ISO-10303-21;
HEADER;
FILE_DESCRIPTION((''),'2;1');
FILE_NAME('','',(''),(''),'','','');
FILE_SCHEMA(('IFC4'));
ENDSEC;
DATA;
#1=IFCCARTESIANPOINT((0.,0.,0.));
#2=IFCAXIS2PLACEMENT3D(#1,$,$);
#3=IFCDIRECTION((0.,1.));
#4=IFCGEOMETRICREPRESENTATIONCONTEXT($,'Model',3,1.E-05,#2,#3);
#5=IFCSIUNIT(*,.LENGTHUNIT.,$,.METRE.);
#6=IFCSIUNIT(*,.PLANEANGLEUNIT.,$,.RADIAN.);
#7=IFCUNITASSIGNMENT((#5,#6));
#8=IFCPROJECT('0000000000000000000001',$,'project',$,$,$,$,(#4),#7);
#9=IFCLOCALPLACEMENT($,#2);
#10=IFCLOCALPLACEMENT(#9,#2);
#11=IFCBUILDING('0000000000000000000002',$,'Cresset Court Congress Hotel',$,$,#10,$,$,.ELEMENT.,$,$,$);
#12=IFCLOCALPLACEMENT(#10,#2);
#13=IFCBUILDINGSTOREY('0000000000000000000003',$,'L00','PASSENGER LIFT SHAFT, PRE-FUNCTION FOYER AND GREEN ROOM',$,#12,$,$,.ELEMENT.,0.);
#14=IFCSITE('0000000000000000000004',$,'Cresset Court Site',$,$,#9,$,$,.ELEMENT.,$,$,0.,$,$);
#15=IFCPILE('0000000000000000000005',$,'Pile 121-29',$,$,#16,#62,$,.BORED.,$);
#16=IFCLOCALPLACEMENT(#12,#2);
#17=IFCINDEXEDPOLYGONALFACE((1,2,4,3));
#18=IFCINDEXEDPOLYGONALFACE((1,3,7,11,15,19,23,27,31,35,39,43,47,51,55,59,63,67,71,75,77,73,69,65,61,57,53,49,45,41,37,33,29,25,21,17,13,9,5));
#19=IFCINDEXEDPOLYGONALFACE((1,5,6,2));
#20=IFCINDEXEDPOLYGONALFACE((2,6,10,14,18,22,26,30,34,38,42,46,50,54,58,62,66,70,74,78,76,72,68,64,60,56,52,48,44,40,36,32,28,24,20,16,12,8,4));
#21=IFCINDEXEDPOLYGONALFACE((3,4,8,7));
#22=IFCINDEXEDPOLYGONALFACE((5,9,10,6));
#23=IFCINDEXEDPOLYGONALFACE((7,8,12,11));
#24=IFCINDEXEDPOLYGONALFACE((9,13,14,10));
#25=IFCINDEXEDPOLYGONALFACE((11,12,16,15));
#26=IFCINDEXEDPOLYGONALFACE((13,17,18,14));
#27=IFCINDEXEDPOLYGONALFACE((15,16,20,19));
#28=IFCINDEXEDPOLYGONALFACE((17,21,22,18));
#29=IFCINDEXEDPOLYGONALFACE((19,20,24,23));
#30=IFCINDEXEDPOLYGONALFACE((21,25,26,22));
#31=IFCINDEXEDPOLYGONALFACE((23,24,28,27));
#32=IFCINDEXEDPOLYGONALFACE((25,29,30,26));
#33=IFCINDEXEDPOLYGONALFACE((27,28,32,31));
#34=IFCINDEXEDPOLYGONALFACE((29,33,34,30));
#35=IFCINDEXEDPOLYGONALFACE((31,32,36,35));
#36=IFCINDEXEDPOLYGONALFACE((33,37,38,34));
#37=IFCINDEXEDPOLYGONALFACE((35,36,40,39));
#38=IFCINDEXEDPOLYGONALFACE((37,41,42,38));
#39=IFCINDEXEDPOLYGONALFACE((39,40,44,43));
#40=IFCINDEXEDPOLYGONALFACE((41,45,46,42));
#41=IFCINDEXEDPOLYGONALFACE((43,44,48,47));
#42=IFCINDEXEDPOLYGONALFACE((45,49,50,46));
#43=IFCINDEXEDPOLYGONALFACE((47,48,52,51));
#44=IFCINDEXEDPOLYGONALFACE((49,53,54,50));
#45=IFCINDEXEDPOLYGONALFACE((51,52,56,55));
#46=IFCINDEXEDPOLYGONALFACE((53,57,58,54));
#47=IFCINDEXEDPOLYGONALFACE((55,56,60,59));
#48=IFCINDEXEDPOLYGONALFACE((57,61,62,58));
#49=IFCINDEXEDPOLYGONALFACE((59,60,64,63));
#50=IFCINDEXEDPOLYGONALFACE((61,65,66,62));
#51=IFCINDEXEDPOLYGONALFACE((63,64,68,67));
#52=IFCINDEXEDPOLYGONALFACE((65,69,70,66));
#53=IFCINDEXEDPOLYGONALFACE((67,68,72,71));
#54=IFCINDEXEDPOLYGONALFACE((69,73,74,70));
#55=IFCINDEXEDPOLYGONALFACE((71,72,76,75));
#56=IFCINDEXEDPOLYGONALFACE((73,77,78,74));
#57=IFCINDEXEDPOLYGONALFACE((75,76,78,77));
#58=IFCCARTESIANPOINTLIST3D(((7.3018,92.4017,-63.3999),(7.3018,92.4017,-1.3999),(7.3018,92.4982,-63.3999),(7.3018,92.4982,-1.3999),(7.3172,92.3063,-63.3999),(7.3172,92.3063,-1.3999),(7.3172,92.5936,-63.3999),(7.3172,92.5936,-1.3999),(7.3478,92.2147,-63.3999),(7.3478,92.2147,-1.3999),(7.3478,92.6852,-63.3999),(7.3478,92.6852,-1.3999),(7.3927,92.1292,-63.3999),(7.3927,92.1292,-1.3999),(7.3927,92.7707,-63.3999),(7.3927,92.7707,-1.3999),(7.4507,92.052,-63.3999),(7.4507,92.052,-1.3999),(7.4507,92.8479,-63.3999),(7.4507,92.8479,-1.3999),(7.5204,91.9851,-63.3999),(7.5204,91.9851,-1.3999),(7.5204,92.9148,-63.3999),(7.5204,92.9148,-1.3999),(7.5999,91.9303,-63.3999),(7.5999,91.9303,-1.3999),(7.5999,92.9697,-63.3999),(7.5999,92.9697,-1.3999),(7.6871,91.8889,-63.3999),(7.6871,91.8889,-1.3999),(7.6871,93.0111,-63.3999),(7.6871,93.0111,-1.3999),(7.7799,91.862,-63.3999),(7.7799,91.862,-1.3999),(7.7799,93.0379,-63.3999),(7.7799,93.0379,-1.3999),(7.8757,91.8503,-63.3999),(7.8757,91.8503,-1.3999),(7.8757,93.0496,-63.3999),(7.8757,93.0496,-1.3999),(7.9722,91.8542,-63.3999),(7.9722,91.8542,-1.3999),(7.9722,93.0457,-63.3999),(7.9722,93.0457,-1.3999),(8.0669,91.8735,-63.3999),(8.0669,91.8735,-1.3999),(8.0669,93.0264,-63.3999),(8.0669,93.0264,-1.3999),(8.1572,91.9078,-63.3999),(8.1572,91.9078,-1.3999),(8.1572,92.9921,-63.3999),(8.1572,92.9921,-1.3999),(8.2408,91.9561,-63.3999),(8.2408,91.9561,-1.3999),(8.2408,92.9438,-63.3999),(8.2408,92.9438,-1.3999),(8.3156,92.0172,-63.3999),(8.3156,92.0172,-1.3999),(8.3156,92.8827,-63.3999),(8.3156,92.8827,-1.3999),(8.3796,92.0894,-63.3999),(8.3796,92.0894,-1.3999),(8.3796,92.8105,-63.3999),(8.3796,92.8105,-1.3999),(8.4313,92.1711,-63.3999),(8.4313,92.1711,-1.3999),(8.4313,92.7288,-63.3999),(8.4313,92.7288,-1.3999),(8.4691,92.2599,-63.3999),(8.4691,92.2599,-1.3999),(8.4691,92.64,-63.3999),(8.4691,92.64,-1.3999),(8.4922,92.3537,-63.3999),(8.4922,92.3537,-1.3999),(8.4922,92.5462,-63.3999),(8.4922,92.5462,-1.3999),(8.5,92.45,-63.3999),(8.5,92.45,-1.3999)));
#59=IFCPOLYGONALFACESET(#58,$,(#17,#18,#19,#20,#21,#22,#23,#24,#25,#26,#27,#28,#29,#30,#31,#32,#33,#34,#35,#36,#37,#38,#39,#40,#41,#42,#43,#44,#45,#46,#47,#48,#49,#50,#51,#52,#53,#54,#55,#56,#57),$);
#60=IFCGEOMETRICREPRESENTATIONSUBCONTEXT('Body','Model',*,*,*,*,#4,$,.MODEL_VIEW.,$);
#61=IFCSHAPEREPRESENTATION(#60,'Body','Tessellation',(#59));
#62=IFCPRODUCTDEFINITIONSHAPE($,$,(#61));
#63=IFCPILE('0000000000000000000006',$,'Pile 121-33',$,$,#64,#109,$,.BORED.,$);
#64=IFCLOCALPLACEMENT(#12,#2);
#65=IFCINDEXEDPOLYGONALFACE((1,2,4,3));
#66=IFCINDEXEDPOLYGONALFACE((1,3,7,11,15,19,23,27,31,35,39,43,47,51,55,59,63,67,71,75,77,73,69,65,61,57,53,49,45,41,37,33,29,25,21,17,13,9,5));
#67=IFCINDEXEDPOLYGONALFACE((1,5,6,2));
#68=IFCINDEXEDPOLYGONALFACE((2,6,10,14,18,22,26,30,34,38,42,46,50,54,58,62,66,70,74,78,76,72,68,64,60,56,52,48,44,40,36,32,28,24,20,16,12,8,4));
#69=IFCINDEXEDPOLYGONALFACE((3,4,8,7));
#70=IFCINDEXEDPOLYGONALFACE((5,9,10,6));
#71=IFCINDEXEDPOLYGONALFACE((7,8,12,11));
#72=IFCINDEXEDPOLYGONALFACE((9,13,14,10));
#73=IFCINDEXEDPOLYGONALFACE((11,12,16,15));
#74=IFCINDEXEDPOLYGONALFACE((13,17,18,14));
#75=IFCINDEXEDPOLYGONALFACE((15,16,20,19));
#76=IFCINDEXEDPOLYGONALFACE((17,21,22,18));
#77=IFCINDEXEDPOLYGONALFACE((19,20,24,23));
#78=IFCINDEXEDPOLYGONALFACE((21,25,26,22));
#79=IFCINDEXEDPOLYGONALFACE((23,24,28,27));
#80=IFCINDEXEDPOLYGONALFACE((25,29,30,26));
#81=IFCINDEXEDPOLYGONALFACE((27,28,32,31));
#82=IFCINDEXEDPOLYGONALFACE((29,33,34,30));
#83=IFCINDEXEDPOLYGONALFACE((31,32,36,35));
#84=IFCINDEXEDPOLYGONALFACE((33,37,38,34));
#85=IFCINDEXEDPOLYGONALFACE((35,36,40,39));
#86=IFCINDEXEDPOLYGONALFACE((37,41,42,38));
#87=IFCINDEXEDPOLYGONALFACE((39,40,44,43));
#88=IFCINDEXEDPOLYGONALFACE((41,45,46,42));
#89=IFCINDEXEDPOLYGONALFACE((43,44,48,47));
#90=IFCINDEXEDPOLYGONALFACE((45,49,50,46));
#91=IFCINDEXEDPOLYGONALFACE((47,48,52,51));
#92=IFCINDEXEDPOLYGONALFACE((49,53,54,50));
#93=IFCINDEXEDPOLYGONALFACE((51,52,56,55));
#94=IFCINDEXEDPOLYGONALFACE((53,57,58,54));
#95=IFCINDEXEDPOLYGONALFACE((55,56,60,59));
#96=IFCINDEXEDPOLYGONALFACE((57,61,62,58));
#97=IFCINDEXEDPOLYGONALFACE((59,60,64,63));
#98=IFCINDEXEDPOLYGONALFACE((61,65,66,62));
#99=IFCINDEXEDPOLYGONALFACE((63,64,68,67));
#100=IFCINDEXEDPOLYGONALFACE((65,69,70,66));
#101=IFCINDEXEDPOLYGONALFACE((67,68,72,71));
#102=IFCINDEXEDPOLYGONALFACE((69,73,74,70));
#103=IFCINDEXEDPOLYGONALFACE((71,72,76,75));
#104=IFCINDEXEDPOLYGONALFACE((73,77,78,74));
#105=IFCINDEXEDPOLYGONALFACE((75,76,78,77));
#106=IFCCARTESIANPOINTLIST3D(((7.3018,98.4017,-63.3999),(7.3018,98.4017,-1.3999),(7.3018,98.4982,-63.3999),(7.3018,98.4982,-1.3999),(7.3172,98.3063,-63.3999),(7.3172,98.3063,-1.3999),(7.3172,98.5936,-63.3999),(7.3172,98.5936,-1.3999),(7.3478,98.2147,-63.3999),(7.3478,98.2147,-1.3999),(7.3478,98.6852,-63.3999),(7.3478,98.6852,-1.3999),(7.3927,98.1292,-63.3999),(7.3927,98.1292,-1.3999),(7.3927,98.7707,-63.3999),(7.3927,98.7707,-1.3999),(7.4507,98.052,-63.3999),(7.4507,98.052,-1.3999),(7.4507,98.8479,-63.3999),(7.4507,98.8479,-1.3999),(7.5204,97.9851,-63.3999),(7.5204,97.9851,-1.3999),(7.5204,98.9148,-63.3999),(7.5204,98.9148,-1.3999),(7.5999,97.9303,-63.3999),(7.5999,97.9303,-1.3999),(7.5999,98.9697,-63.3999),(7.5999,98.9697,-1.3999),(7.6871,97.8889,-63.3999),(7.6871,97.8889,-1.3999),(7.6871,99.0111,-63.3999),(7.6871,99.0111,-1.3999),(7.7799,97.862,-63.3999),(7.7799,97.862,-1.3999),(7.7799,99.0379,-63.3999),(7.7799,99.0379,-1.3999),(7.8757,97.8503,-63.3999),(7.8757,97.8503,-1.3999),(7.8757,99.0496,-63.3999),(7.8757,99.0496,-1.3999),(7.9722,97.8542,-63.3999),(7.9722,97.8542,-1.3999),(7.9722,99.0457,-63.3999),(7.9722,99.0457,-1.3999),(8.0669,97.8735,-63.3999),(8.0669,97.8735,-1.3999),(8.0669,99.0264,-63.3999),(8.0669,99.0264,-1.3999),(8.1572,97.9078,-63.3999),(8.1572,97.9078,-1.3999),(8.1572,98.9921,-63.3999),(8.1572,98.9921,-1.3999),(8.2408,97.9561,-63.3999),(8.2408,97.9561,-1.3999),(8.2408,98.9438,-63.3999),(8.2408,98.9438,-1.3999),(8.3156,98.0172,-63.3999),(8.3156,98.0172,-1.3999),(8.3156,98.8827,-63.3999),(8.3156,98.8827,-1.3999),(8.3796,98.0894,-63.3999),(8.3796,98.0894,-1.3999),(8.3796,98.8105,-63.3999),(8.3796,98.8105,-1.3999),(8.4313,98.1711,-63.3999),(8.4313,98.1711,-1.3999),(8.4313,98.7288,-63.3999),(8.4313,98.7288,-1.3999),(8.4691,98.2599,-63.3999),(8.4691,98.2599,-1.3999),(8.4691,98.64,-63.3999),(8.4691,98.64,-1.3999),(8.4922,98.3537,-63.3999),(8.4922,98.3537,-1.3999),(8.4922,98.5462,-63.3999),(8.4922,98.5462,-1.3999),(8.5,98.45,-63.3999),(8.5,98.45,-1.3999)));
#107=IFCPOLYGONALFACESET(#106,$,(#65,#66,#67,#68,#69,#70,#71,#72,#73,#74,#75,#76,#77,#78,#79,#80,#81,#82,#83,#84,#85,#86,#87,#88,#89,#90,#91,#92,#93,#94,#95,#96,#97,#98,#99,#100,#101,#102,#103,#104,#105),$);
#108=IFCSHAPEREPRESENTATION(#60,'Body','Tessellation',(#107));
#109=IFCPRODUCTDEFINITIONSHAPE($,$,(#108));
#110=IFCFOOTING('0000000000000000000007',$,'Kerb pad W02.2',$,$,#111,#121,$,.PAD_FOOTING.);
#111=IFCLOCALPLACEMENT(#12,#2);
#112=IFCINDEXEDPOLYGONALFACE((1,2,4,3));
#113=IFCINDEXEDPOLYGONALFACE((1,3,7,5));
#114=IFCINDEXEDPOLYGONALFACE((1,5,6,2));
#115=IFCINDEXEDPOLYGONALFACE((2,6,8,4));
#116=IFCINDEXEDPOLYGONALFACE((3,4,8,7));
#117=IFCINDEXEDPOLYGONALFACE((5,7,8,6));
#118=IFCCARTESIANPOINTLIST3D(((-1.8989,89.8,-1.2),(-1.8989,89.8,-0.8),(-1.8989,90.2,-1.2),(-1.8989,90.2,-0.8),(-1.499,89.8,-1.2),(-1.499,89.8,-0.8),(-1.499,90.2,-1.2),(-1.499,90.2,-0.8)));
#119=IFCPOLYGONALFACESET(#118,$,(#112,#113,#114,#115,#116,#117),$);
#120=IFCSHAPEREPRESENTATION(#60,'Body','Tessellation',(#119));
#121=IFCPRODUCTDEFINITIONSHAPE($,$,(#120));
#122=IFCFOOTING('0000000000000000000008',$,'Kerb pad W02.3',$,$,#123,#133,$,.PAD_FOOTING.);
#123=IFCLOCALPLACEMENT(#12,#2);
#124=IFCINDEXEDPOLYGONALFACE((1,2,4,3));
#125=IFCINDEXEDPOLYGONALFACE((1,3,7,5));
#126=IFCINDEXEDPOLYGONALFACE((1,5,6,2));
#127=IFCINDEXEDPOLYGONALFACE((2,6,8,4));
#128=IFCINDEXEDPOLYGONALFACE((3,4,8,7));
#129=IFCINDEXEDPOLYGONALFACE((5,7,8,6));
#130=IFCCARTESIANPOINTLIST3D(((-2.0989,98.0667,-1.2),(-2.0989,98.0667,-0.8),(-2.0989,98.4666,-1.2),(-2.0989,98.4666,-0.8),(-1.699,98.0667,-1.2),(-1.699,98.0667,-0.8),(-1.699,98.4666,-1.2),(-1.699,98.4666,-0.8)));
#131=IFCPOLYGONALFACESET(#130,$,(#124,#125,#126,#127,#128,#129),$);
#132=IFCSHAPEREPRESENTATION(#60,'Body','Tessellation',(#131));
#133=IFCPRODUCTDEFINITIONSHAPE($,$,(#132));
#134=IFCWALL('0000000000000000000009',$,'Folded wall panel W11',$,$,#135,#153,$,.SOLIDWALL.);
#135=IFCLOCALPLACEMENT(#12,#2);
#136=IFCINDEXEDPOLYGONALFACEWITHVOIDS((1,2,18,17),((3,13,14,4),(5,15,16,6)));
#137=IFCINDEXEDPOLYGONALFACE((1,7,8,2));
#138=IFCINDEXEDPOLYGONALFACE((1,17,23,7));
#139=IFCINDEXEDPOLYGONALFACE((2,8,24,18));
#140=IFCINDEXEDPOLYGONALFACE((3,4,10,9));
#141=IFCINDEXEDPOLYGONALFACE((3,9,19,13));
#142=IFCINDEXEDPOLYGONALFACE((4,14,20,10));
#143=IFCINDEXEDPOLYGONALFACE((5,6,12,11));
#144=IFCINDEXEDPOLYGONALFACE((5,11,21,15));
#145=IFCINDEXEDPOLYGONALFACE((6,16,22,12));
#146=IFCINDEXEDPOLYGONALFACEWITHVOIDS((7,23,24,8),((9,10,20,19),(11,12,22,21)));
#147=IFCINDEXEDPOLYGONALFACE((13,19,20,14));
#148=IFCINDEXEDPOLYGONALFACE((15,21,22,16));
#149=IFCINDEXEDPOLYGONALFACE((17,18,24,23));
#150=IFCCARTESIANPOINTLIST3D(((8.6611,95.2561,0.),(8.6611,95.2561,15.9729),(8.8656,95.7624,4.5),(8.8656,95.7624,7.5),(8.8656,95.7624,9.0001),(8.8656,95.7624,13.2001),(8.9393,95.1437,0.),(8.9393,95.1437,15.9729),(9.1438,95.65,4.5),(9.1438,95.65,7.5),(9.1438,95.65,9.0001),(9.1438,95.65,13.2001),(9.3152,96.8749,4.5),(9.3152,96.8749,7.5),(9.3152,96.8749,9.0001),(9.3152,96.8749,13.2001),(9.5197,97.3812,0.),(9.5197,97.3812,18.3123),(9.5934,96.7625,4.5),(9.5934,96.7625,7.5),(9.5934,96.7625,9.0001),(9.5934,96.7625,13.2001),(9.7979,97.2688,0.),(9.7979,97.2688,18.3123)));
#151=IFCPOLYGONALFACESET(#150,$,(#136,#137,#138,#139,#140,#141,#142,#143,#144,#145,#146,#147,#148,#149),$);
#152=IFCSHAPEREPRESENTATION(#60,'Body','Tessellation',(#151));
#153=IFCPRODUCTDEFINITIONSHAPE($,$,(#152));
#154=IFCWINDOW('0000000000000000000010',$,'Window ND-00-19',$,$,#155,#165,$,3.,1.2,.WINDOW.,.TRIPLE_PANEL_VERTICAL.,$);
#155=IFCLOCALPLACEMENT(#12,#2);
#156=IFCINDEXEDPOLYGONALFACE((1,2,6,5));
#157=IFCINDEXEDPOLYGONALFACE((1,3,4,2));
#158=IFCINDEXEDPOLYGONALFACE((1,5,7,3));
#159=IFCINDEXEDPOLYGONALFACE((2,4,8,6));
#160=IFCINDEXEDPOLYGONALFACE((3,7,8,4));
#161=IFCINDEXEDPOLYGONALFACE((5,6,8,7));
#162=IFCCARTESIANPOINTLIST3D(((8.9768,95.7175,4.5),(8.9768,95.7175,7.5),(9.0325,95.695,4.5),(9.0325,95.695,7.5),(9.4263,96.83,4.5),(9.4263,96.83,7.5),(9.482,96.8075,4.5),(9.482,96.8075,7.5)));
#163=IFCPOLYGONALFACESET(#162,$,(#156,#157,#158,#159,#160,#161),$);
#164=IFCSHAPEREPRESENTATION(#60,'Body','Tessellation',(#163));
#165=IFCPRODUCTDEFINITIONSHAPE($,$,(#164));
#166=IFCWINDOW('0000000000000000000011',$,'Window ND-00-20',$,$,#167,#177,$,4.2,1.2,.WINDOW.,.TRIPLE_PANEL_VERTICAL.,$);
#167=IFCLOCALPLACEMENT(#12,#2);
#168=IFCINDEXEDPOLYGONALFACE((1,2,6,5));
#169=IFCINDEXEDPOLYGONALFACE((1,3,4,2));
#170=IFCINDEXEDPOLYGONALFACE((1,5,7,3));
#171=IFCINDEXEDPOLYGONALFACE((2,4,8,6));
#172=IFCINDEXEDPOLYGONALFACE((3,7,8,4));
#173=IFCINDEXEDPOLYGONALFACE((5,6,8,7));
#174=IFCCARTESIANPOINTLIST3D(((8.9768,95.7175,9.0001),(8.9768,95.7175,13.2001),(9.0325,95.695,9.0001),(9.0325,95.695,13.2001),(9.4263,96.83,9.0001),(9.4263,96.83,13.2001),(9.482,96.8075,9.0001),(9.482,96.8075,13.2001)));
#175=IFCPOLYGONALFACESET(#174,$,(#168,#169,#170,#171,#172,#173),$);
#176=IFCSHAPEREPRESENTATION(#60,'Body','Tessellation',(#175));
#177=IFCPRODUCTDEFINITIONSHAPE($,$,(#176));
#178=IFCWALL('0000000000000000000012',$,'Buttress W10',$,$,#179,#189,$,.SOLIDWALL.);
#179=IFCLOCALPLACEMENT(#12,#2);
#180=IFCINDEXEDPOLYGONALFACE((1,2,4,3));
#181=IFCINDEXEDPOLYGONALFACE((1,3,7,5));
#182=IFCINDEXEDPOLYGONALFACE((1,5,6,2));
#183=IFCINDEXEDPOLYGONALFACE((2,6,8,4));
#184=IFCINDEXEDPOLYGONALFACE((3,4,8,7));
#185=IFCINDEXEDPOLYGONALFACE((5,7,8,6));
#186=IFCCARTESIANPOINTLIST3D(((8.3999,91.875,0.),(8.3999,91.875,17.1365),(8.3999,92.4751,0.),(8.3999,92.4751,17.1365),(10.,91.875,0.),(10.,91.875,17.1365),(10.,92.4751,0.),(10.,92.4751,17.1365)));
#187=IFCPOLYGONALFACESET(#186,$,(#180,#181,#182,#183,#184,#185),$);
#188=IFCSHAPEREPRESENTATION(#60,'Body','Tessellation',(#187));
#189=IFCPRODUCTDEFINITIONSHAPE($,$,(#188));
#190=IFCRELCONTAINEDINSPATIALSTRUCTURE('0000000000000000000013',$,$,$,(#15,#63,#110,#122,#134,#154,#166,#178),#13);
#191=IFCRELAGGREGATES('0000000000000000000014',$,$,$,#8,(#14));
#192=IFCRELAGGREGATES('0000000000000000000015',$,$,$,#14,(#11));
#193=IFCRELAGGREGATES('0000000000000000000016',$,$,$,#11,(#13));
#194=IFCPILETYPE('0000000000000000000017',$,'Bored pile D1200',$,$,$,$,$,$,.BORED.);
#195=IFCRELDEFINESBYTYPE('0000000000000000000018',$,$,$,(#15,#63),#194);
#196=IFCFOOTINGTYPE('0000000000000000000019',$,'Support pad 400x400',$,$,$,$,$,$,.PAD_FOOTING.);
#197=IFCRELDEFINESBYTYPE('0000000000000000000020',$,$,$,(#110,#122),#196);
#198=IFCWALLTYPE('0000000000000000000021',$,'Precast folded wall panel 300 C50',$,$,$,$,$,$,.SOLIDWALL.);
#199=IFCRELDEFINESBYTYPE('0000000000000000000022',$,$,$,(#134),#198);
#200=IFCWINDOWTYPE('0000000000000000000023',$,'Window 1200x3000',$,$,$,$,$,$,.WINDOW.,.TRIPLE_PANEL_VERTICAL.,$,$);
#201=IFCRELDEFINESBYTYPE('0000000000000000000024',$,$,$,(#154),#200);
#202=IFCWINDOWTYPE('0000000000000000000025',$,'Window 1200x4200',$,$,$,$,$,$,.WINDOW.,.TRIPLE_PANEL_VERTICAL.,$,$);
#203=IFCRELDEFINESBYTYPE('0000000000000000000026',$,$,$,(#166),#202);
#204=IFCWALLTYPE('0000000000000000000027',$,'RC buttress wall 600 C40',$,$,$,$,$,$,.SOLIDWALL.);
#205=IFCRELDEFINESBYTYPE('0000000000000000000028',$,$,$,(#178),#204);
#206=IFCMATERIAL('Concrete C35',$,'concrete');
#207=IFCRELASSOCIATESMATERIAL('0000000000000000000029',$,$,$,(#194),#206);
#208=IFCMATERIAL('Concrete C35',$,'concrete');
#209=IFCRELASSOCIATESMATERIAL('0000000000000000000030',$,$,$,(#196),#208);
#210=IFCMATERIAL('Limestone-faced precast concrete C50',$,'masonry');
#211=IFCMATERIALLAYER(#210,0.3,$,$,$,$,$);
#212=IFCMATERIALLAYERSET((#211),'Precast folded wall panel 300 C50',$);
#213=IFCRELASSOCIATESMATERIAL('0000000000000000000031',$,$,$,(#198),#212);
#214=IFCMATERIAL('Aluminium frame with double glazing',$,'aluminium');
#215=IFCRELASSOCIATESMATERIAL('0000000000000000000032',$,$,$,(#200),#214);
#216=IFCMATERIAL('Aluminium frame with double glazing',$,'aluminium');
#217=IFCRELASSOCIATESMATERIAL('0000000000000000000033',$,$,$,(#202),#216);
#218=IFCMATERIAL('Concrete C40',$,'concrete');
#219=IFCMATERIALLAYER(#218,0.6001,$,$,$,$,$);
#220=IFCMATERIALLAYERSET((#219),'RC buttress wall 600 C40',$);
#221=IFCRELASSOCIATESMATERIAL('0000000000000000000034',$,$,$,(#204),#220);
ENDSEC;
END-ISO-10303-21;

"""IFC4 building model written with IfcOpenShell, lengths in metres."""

from ifc_helpers import new_model, si_unit, direction, frame, frame_2d, origin, origin_2d, place, context, subcontext, project, spatial, polyline, rectangle, circle, outline, extrude, material, layer, layer_set, type_object, element, fill, save


model = new_model("IFC4")

# Units and contexts
model_context = context("Model", 3, precision=1e-05, world=origin(), true_north=direction((0.0, 1.0)))
body_context = subcontext(model_context, "Body", "Model", "MODEL_VIEW")
ifc_project = project(units=[si_unit("LENGTHUNIT", "METRE"), si_unit("PLANEANGLEUNIT", "RADIAN")], contexts=[model_context])

# Site, building, storey
site_placement = place(None, origin())
site = spatial("IfcSite", under=ifc_project, at=site_placement, Name="Cresset Court Site", CompositionType="ELEMENT", RefElevation=0.0)
building_placement = place(site_placement, origin())
building = spatial("IfcBuilding", under=site, at=building_placement, Name="Cresset Court Congress Hotel", CompositionType="ELEMENT")
storey_placement = place(building_placement, origin())
storey = spatial("IfcBuildingStorey", under=building, at=storey_placement, Name="L00", Description="PASSENGER LIFT SHAFT, PRE-FUNCTION FOYER AND GREEN ROOM", CompositionType="ELEMENT", Elevation=0.0)

# Piles
ifc_material_1 = material(Name="Concrete C35", Category="concrete")
pile_type = type_object("IfcPileType", Name="Bored pile D1200", PredefinedType="BORED", material=ifc_material_1)
for number, where, z_axis, x_axis, name in (
    (1, (7.8999, 92.45, -1.3999), (0.0, 0.0, -1.0), (1.0, 0.0, 0.0), "Pile 121-29"),
    (2, (7.8999, 98.45, -1.3999), (0.0, 0.0, -1.0), (1.0, 0.0, 0.0), "Pile 121-33"),
):
    element("IfcPile", number, at=place(storey_placement, frame(where, z_axis=z_axis, x_axis=x_axis)), inside=storey, type_object=pile_type, Name=name, PredefinedType="BORED", context=body_context, shape_type="SweptSolid", body=[
        extrude(circle(Radius=0.6001, at=origin_2d()), origin(), (0.0, 0.0, 1.0), 62.0),
    ])

# Footings
ifc_material_2 = material(Name="Concrete C35", Category="concrete")
footing_type = type_object("IfcFootingType", Name="Support pad 400x400", PredefinedType="PAD_FOOTING", material=ifc_material_2)
for number, where, z_axis, x_axis, name in (
    (3, (-1.699, 90.0, -1.2), (0.0, 0.0, 1.0), (1.0, 0.0, 0.0), "Kerb pad W02.2"),
    (4, (-1.8989, 98.2666, -1.2), (0.0, 0.0, 1.0), (1.0, 0.0, 0.0), "Kerb pad W02.3"),
):
    element("IfcFooting", number, at=place(storey_placement, frame(where, z_axis=z_axis, x_axis=x_axis)), inside=storey, type_object=footing_type, Name=name, PredefinedType="PAD_FOOTING", context=body_context, shape_type="SweptSolid", body=[
        extrude(rectangle(XDim=0.3999, YDim=0.3999, at=origin_2d()), origin(), (0.0, 0.0, 1.0), 0.3999),
    ])

# Wall, openings, windows
ifc_material_3 = material(Name="Limestone-faced precast concrete C50", Category="masonry")
ifc_layer_1 = layer(ifc_material_3, 0.3)
ifc_layer_set_1 = layer_set([ifc_layer_1], Name="Precast folded wall panel 300 C50")
wall_type_1 = type_object("IfcWallType", Name="Precast folded wall panel 300 C50", PredefinedType="SOLIDWALL", material=ifc_layer_set_1)
wall_1_placement = place(storey_placement, frame((8.8, 95.2, 0.0), z_axis=(0.0, 0.0, 1.0), x_axis=(0.374639, 0.927171, 0.0)))
wall_1 = element("IfcWall", 5, at=wall_1_placement, inside=storey, type_object=wall_type_1, Name="Folded wall panel W11", PredefinedType="SOLIDWALL", context=body_context, shape_type="SweptSolid", body=[
    extrude(outline(polyline([(0.0, 0.0), (2.292, 0.0), (2.292, 18.3123), (0.0, 15.9729), (0.0, 0.0)])), frame((0.0, 0.1499, 0.0), z_axis=(0.0, -1.0, 0.0), x_axis=(1.0, 0.0, 0.0)), (0.0, 0.0, 1.0), 0.3),
])
opening_1_placement = place(wall_1_placement, frame((0.5459, 0.0, 4.5)))
opening_1 = element("IfcOpeningElement", 6, at=opening_1_placement, cuts=wall_1, PredefinedType="OPENING", context=body_context, shape_type="SweptSolid", body=[
    extrude(rectangle(XDim=1.2, YDim=3.0, at=frame_2d((0.6001, 1.5))), frame((0.0, 0.1599, 0.0), z_axis=(0.0, -1.0, 0.0), x_axis=(1.0, 0.0, 0.0)), (0.0, 0.0, 1.0), 0.3201),
])
opening_2_placement = place(wall_1_placement, frame((0.5459, 0.0, 9.0)))
opening_2 = element("IfcOpeningElement", 7, at=opening_2_placement, cuts=wall_1, PredefinedType="OPENING", context=body_context, shape_type="SweptSolid", body=[
    extrude(rectangle(XDim=1.2, YDim=4.2, at=frame_2d((0.6001, 2.1001))), frame((0.0, 0.1599, 0.0), z_axis=(0.0, -1.0, 0.0), x_axis=(1.0, 0.0, 0.0)), (0.0, 0.0, 1.0), 0.3201),
])
ifc_material_4 = material(Name="Aluminium frame with double glazing", Category="aluminium")
window_type_1 = type_object("IfcWindowType", Name="Window 1200x3000", PartitioningType="TRIPLE_PANEL_VERTICAL", PredefinedType="WINDOW", material=ifc_material_4)
window_1_placement = place(opening_1_placement, origin())
window_1 = element("IfcWindow", 8, at=window_1_placement, inside=storey, type_object=window_type_1, Name="Window ND-00-19", OverallHeight=3.0, OverallWidth=1.2, PartitioningType="TRIPLE_PANEL_VERTICAL", PredefinedType="WINDOW", context=body_context, shape_type="SweptSolid", body=[
    extrude(rectangle(XDim=1.2, YDim=3.0, at=frame_2d((0.6001, 1.5))), frame((0.0, 0.03, 0.0), z_axis=(0.0, -1.0, 0.0), x_axis=(1.0, 0.0, 0.0)), (0.0, 0.0, 1.0), 0.0601),
])
fill(opening_1, window_1)
ifc_material_5 = material(Name="Aluminium frame with double glazing", Category="aluminium")
window_type_2 = type_object("IfcWindowType", Name="Window 1200x4200", PartitioningType="TRIPLE_PANEL_VERTICAL", PredefinedType="WINDOW", material=ifc_material_5)
window_2_placement = place(opening_2_placement, origin())
window_2 = element("IfcWindow", 9, at=window_2_placement, inside=storey, type_object=window_type_2, Name="Window ND-00-20", OverallHeight=4.2, OverallWidth=1.2, PartitioningType="TRIPLE_PANEL_VERTICAL", PredefinedType="WINDOW", context=body_context, shape_type="SweptSolid", body=[
    extrude(rectangle(XDim=1.2, YDim=4.2, at=frame_2d((0.6001, 2.1001))), frame((0.0, 0.03, 0.0), z_axis=(0.0, -1.0, 0.0), x_axis=(1.0, 0.0, 0.0)), (0.0, 0.0, 1.0), 0.0601),
])
fill(opening_2, window_2)

# Wall
ifc_material_6 = material(Name="Concrete C40", Category="concrete")
ifc_layer_2 = layer(ifc_material_6, 0.6001)
ifc_layer_set_2 = layer_set([ifc_layer_2], Name="RC buttress wall 600 C40")
wall_type_2 = type_object("IfcWallType", Name="RC buttress wall 600 C40", PredefinedType="SOLIDWALL", material=ifc_layer_set_2)
wall_2_placement = place(storey_placement, frame((8.3999, 92.175, 0.0), z_axis=(0.0, 0.0, 1.0), x_axis=(1.0, 0.0, 0.0)))
element("IfcWall", 10, at=wall_2_placement, inside=storey, type_object=wall_type_2, Name="Buttress W10", PredefinedType="SOLIDWALL", context=body_context, shape_type="SweptSolid", body=[
    extrude(rectangle(XDim=1.6001, YDim=0.6001, at=frame_2d((0.8, 0.0))), origin(), (0.0, 0.0, 1.0), 17.1365),
])

save(model, "model.ifc")
